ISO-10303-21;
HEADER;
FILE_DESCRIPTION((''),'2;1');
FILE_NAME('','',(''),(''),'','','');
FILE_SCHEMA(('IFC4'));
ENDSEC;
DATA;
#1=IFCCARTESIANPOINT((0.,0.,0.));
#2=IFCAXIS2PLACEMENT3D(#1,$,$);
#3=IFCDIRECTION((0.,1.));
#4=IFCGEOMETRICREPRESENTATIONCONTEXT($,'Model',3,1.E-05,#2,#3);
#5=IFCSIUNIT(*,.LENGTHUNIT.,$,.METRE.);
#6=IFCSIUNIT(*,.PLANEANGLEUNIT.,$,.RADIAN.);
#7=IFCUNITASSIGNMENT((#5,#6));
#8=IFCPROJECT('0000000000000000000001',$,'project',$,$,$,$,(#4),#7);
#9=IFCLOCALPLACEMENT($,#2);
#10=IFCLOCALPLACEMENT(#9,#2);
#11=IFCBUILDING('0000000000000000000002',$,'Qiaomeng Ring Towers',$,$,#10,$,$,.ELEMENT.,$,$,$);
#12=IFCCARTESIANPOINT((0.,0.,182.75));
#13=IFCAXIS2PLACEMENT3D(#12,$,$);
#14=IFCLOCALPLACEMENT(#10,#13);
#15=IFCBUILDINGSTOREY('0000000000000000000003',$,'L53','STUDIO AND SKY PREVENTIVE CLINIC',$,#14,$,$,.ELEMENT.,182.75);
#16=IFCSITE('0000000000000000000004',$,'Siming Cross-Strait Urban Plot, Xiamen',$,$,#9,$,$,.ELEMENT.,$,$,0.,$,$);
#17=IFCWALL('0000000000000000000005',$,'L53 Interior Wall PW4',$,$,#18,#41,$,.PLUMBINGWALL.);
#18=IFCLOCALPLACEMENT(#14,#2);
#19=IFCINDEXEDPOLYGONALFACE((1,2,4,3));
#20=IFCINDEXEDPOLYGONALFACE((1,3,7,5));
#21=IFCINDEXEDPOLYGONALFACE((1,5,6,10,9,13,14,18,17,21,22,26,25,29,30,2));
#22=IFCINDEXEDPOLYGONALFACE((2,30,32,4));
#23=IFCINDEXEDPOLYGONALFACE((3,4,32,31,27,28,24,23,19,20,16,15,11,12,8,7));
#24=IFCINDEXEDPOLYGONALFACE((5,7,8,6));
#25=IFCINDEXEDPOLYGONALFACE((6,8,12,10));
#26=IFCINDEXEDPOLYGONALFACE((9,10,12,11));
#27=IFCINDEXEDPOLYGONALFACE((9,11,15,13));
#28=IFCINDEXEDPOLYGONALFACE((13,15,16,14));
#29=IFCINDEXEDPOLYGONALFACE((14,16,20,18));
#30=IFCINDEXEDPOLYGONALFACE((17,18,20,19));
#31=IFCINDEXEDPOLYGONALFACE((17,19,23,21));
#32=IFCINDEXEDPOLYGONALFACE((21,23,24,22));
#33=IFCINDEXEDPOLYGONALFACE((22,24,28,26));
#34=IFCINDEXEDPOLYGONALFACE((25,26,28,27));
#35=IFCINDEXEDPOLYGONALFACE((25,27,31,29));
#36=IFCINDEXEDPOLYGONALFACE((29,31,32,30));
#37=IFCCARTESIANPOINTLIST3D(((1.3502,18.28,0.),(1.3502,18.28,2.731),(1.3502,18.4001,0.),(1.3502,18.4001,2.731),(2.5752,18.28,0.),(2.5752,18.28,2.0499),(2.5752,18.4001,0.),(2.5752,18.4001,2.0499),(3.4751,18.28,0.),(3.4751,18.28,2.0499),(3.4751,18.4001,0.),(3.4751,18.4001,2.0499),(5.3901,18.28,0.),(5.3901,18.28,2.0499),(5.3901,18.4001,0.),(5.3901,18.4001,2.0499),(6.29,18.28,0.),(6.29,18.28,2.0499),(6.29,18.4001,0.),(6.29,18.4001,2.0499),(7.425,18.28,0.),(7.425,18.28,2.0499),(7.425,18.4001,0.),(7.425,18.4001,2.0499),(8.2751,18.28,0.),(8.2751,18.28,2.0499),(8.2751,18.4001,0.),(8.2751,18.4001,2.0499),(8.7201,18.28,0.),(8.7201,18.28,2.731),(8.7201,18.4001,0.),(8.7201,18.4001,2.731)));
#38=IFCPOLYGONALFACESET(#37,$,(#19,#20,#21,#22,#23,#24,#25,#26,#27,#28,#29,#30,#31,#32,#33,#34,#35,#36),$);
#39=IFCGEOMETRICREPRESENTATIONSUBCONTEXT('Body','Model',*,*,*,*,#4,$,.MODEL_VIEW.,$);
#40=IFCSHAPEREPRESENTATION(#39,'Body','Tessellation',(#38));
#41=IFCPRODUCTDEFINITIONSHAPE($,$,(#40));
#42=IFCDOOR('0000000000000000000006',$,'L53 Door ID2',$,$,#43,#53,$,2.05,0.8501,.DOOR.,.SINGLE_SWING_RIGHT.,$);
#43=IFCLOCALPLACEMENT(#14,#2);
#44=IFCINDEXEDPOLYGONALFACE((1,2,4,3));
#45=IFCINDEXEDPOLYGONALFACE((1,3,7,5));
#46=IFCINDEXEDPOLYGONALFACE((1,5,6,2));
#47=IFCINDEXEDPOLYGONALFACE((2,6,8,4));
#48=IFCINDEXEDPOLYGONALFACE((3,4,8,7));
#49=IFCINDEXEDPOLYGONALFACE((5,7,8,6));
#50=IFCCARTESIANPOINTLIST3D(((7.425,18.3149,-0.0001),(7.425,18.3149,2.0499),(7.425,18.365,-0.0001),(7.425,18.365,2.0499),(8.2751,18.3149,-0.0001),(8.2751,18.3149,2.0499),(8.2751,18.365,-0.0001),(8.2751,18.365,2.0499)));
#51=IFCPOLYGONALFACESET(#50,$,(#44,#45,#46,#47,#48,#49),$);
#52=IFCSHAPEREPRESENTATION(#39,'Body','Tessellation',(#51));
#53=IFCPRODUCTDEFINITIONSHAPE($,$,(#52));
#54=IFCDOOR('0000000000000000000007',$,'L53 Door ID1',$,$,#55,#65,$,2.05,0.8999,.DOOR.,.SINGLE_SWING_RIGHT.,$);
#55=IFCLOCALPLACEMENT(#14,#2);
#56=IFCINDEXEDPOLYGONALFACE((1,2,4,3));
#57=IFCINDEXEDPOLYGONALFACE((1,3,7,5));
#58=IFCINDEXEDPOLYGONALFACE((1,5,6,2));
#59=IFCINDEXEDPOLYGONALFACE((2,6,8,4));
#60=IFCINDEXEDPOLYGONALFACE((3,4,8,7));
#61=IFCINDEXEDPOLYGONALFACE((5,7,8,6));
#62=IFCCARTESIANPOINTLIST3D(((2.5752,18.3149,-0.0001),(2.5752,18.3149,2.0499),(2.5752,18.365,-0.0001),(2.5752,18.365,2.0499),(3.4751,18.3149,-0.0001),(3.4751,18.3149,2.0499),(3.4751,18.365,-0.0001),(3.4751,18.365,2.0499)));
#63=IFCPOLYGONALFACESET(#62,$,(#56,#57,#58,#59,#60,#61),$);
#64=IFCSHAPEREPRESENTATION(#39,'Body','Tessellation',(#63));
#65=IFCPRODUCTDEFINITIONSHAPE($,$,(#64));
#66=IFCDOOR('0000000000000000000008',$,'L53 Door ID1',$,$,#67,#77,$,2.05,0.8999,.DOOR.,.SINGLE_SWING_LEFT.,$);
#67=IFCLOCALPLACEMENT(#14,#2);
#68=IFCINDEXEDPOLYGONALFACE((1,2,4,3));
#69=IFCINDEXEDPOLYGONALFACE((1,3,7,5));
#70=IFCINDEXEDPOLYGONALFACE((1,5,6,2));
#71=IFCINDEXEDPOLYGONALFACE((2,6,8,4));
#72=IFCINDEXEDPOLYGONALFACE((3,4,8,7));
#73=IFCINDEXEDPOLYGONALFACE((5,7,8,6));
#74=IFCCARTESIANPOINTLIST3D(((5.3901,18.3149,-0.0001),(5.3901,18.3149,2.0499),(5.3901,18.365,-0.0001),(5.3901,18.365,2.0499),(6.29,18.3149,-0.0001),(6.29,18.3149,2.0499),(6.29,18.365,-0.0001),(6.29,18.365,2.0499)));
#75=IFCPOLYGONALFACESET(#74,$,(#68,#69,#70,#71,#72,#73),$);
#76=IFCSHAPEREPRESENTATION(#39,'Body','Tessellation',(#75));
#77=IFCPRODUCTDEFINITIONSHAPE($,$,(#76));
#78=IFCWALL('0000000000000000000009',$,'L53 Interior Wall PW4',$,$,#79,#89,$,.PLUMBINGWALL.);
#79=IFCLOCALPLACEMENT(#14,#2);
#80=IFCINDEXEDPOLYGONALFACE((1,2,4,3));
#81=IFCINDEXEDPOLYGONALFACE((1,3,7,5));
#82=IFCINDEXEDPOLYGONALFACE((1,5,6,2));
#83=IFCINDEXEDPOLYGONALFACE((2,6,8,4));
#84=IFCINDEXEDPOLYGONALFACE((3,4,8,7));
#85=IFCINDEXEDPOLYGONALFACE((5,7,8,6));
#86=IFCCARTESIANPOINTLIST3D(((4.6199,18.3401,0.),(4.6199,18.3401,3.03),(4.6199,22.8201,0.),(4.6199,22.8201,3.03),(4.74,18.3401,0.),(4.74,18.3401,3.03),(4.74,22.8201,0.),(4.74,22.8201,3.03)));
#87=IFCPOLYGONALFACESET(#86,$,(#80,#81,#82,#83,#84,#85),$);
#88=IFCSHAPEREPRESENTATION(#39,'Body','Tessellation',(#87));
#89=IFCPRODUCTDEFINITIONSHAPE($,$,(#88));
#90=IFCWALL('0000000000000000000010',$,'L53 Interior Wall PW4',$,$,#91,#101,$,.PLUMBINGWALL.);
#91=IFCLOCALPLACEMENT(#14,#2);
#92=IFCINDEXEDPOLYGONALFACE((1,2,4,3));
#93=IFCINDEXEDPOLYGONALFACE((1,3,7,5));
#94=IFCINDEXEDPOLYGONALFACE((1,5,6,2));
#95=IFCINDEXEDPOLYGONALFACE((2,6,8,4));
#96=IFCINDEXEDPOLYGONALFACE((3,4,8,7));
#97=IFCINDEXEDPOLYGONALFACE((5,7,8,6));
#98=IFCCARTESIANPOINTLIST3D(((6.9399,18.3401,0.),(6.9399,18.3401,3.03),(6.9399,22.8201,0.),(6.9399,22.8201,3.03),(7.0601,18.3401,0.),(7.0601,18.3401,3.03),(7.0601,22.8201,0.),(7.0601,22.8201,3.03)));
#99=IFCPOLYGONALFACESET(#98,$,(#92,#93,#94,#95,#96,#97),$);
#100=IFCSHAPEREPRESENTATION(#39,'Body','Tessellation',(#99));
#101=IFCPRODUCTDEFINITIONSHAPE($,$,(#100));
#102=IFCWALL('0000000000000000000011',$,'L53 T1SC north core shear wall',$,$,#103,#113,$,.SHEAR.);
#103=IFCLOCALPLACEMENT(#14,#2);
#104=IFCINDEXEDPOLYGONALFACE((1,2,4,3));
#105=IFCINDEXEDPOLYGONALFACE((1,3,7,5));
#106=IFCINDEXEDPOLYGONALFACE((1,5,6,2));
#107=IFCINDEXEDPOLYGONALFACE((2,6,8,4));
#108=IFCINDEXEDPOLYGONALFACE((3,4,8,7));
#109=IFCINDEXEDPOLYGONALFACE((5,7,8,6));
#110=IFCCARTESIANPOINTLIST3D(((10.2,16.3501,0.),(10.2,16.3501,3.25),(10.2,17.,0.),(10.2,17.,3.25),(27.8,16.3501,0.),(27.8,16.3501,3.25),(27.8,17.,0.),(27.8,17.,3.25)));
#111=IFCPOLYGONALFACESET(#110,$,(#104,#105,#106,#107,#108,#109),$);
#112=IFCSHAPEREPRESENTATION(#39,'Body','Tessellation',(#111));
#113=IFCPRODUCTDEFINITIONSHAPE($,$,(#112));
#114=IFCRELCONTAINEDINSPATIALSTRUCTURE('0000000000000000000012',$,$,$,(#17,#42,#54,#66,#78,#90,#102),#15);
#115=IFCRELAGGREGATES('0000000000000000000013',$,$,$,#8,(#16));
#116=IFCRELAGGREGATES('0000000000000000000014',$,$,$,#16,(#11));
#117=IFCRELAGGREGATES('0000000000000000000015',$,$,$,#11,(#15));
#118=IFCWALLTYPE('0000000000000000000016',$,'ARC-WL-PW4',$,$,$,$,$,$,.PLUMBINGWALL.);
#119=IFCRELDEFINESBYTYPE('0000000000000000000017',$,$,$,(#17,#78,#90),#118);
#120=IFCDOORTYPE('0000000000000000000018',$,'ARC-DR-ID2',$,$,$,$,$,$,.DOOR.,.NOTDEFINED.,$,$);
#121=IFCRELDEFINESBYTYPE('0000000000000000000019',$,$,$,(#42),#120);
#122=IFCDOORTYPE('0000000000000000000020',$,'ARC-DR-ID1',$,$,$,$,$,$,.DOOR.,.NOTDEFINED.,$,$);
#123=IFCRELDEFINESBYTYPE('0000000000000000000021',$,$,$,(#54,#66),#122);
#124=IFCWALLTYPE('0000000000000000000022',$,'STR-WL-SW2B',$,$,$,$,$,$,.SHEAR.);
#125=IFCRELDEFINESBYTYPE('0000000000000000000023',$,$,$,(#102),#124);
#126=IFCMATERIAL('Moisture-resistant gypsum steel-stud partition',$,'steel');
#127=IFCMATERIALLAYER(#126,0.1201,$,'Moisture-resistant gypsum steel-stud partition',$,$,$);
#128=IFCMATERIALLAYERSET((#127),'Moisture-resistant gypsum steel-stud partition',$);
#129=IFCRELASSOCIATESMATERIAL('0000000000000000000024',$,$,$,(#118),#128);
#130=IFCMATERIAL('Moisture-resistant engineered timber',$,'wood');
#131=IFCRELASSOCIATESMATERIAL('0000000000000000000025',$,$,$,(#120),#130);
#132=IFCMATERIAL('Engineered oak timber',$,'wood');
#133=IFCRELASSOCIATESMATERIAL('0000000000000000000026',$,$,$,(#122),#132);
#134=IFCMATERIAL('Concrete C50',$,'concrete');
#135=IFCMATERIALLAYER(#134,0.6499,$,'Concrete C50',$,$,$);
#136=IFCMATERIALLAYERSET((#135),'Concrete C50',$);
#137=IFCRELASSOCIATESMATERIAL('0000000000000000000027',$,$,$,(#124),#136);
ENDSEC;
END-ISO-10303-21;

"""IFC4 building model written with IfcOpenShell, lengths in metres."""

from ifc_helpers import new_model, si_unit, direction, frame, frame_2d, origin, place, context, subcontext, project, spatial, rectangle, extrude, source, transform, mapped, material, layer, layer_set, type_object, element, fill, save


model = new_model("IFC4")

# Units and contexts
model_context = context("Model", 3, precision=1e-05, world=origin(), true_north=direction((0.0, 1.0)))
body_context = subcontext(model_context, "Body", "Model", "MODEL_VIEW")
ifc_project = project(units=[si_unit("LENGTHUNIT", "METRE"), si_unit("PLANEANGLEUNIT", "RADIAN")], contexts=[model_context])

# Site, building, storey
site_placement = place(None, origin())
site = spatial("IfcSite", under=ifc_project, at=site_placement, Name="Siming Cross-Strait Urban Plot, Xiamen", CompositionType="ELEMENT", RefElevation=0.0)
building_placement = place(site_placement, origin())
building = spatial("IfcBuilding", under=site, at=building_placement, Name="Qiaomeng Ring Towers", CompositionType="ELEMENT")
storey_placement = place(building_placement, frame((0.0, 0.0, 182.75)))
storey = spatial("IfcBuildingStorey", under=building, at=storey_placement, Name="L53", Description="STUDIO AND SKY PREVENTIVE CLINIC", CompositionType="ELEMENT", Elevation=182.75)

# Shared definitions
ifc_material_1 = material(Name="Concrete C50", Category="concrete")

# Shared definitions
ifc_material_2 = material(Name="Moisture-resistant gypsum steel-stud partition", Category="steel")
ifc_layer_1 = layer(ifc_material_2, 0.1201, Name="Moisture-resistant gypsum steel-stud partition")
ifc_layer_set_1 = layer_set([ifc_layer_1], Name="Moisture-resistant gypsum steel-stud partition")
wall_type_1 = type_object("IfcWallType", Name="ARC-WL-PW4", PredefinedType="PLUMBINGWALL", material=ifc_layer_set_1)
ifc_material_3 = material(Name="Moisture-resistant engineered timber", Category="wood")
door_type_1 = type_object("IfcDoorType", Name="ARC-DR-ID2", OperationType="NOTDEFINED", PredefinedType="DOOR", material=ifc_material_3)
shared_shape_1 = source(origin(), body_context, "Body", "SweptSolid", [
    extrude(rectangle(XDim=0.8501, YDim=2.05, at=frame_2d((0.425, 1.0249))), frame((0.0, 0.0249, 0.0), z_axis=(0.0, -1.0, 0.0), x_axis=(1.0, 0.0, 0.0)), (0.0, 0.0, 1.0), 0.05),
])
ifc_material_4 = material(Name="Engineered oak timber", Category="wood")
door_type_2 = type_object("IfcDoorType", Name="ARC-DR-ID1", OperationType="NOTDEFINED", PredefinedType="DOOR", material=ifc_material_4)
shared_shape_2 = source(origin(), body_context, "Body", "SweptSolid", [
    extrude(rectangle(XDim=0.8999, YDim=2.05, at=frame_2d((0.45, 1.0249))), frame((0.0, 0.0249, 0.0), z_axis=(0.0, -1.0, 0.0), x_axis=(1.0, 0.0, 0.0)), (0.0, 0.0, 1.0), 0.05),
])

# Wall, openings, doors
wall_1_placement = place(storey_placement, frame((1.3501, 18.3401, 0.0), z_axis=(0.0, 0.0, 1.0), x_axis=(1.0, 0.0, 0.0)))
wall_1 = element("IfcWall", 1, at=wall_1_placement, inside=storey, type_object=wall_type_1, Name="L53 Interior Wall PW4", PredefinedType="PLUMBINGWALL", context=body_context, shape_type="SweptSolid", body=[
    extrude(rectangle(XDim=7.3699, YDim=0.1201, at=frame_2d((3.6851, 0.0))), origin(), (0.0, 0.0, 1.0), 2.731),
])
opening_1_placement = place(wall_1_placement, frame((1.2251, 0.0, 0.0)))
opening_1 = element("IfcOpeningElement", 2, at=opening_1_placement, cuts=wall_1, PredefinedType="OPENING", context=body_context, shape_type="SweptSolid", body=[
    extrude(rectangle(XDim=0.8999, YDim=2.05, at=frame_2d((0.45, 1.0249))), frame((0.0, 0.0701, 0.0), z_axis=(0.0, -1.0, 0.0), x_axis=(1.0, 0.0, 0.0)), (0.0, 0.0, 1.0), 0.1401),
])
opening_2_placement = place(wall_1_placement, frame((4.04, 0.0, 0.0)))
opening_2 = element("IfcOpeningElement", 3, at=opening_2_placement, cuts=wall_1, PredefinedType="OPENING", context=body_context, shape_type="SweptSolid", body=[
    extrude(rectangle(XDim=0.8999, YDim=2.05, at=frame_2d((0.45, 1.0249))), frame((0.0, 0.0701, 0.0), z_axis=(0.0, -1.0, 0.0), x_axis=(1.0, 0.0, 0.0)), (0.0, 0.0, 1.0), 0.1401),
])
opening_3_placement = place(wall_1_placement, frame((6.075, 0.0, 0.0)))
opening_3 = element("IfcOpeningElement", 4, at=opening_3_placement, cuts=wall_1, PredefinedType="OPENING", context=body_context, shape_type="SweptSolid", body=[
    extrude(rectangle(XDim=0.8501, YDim=2.05, at=frame_2d((0.425, 1.0249))), frame((0.0, 0.0701, 0.0), z_axis=(0.0, -1.0, 0.0), x_axis=(1.0, 0.0, 0.0)), (0.0, 0.0, 1.0), 0.1401),
])
door_1_placement = place(opening_3_placement, origin())
door_1 = element("IfcDoor", 5, at=door_1_placement, inside=storey, type_object=door_type_1, Name="L53 Door ID2", OperationType="SINGLE_SWING_RIGHT", OverallHeight=2.05, OverallWidth=0.8501, PredefinedType="DOOR", context=body_context, shape_type="MappedRepresentation", body=[
    mapped(shared_shape_1, transform((0.0, 0.0, 0.0), x_axis=(1.0, 0.0, 0.0), y_axis=(0.0, 1.0, 0.0), z_axis=(0.0, 0.0, 1.0), scale=1.0)),
])
fill(opening_3, door_1)
door_2_placement = place(opening_1_placement, origin())
door_2 = element("IfcDoor", 6, at=door_2_placement, inside=storey, type_object=door_type_2, Name="L53 Door ID1", OperationType="SINGLE_SWING_RIGHT", OverallHeight=2.05, OverallWidth=0.8999, PredefinedType="DOOR", context=body_context, shape_type="MappedRepresentation", body=[
    mapped(shared_shape_2, transform((0.0, 0.0, 0.0), x_axis=(1.0, 0.0, 0.0), y_axis=(0.0, 1.0, 0.0), z_axis=(0.0, 0.0, 1.0), scale=1.0)),
])
fill(opening_1, door_2)
door_3_placement = place(opening_2_placement, origin())
door_3 = element("IfcDoor", 7, at=door_3_placement, inside=storey, type_object=door_type_2, Name="L53 Door ID1", OperationType="SINGLE_SWING_LEFT", OverallHeight=2.05, OverallWidth=0.8999, PredefinedType="DOOR", context=body_context, shape_type="MappedRepresentation", body=[
    mapped(shared_shape_2, transform((0.0, 0.0, 0.0), x_axis=(1.0, 0.0, 0.0), y_axis=(0.0, 1.0, 0.0), z_axis=(0.0, 0.0, 1.0), scale=1.0)),
])
fill(opening_2, door_3)

# Walls
for number, where, z_axis, x_axis, name in (
    (8, (4.6799, 18.3401, 0.0), (0.0, 0.0, 1.0), (0.0, 1.0, 0.0), "L53 Interior Wall PW4"),
    (9, (7.0, 18.3401, 0.0), (0.0, 0.0, 1.0), (0.0, 1.0, 0.0), "L53 Interior Wall PW4"),
):
    element("IfcWall", number, at=place(storey_placement, frame(where, z_axis=z_axis, x_axis=x_axis)), inside=storey, type_object=wall_type_1, Name=name, PredefinedType="PLUMBINGWALL", context=body_context, shape_type="SweptSolid", body=[
        extrude(rectangle(XDim=4.48, YDim=0.1201, at=frame_2d((2.24, 0.0))), origin(), (0.0, 0.0, 1.0), 3.03),
    ])
ifc_layer_2 = layer(ifc_material_1, 0.6499, Name="Concrete C50")
ifc_layer_set_2 = layer_set([ifc_layer_2], Name="Concrete C50")
wall_type_2 = type_object("IfcWallType", Name="STR-WL-SW2B", PredefinedType="SHEAR", material=ifc_layer_set_2)
wall_2_placement = place(storey_placement, frame((10.2, 16.675, 0.0), z_axis=(0.0, 0.0, 1.0), x_axis=(1.0, 0.0, 0.0)))
element("IfcWall", 10, at=wall_2_placement, inside=storey, type_object=wall_type_2, Name="L53 T1SC north core shear wall", PredefinedType="SHEAR", context=body_context, shape_type="SweptSolid", body=[
    extrude(rectangle(XDim=17.6001, YDim=0.6499, at=frame_2d((8.8, 0.0))), origin(), (0.0, 0.0, 1.0), 3.25),
])

save(model, "model.ifc")
